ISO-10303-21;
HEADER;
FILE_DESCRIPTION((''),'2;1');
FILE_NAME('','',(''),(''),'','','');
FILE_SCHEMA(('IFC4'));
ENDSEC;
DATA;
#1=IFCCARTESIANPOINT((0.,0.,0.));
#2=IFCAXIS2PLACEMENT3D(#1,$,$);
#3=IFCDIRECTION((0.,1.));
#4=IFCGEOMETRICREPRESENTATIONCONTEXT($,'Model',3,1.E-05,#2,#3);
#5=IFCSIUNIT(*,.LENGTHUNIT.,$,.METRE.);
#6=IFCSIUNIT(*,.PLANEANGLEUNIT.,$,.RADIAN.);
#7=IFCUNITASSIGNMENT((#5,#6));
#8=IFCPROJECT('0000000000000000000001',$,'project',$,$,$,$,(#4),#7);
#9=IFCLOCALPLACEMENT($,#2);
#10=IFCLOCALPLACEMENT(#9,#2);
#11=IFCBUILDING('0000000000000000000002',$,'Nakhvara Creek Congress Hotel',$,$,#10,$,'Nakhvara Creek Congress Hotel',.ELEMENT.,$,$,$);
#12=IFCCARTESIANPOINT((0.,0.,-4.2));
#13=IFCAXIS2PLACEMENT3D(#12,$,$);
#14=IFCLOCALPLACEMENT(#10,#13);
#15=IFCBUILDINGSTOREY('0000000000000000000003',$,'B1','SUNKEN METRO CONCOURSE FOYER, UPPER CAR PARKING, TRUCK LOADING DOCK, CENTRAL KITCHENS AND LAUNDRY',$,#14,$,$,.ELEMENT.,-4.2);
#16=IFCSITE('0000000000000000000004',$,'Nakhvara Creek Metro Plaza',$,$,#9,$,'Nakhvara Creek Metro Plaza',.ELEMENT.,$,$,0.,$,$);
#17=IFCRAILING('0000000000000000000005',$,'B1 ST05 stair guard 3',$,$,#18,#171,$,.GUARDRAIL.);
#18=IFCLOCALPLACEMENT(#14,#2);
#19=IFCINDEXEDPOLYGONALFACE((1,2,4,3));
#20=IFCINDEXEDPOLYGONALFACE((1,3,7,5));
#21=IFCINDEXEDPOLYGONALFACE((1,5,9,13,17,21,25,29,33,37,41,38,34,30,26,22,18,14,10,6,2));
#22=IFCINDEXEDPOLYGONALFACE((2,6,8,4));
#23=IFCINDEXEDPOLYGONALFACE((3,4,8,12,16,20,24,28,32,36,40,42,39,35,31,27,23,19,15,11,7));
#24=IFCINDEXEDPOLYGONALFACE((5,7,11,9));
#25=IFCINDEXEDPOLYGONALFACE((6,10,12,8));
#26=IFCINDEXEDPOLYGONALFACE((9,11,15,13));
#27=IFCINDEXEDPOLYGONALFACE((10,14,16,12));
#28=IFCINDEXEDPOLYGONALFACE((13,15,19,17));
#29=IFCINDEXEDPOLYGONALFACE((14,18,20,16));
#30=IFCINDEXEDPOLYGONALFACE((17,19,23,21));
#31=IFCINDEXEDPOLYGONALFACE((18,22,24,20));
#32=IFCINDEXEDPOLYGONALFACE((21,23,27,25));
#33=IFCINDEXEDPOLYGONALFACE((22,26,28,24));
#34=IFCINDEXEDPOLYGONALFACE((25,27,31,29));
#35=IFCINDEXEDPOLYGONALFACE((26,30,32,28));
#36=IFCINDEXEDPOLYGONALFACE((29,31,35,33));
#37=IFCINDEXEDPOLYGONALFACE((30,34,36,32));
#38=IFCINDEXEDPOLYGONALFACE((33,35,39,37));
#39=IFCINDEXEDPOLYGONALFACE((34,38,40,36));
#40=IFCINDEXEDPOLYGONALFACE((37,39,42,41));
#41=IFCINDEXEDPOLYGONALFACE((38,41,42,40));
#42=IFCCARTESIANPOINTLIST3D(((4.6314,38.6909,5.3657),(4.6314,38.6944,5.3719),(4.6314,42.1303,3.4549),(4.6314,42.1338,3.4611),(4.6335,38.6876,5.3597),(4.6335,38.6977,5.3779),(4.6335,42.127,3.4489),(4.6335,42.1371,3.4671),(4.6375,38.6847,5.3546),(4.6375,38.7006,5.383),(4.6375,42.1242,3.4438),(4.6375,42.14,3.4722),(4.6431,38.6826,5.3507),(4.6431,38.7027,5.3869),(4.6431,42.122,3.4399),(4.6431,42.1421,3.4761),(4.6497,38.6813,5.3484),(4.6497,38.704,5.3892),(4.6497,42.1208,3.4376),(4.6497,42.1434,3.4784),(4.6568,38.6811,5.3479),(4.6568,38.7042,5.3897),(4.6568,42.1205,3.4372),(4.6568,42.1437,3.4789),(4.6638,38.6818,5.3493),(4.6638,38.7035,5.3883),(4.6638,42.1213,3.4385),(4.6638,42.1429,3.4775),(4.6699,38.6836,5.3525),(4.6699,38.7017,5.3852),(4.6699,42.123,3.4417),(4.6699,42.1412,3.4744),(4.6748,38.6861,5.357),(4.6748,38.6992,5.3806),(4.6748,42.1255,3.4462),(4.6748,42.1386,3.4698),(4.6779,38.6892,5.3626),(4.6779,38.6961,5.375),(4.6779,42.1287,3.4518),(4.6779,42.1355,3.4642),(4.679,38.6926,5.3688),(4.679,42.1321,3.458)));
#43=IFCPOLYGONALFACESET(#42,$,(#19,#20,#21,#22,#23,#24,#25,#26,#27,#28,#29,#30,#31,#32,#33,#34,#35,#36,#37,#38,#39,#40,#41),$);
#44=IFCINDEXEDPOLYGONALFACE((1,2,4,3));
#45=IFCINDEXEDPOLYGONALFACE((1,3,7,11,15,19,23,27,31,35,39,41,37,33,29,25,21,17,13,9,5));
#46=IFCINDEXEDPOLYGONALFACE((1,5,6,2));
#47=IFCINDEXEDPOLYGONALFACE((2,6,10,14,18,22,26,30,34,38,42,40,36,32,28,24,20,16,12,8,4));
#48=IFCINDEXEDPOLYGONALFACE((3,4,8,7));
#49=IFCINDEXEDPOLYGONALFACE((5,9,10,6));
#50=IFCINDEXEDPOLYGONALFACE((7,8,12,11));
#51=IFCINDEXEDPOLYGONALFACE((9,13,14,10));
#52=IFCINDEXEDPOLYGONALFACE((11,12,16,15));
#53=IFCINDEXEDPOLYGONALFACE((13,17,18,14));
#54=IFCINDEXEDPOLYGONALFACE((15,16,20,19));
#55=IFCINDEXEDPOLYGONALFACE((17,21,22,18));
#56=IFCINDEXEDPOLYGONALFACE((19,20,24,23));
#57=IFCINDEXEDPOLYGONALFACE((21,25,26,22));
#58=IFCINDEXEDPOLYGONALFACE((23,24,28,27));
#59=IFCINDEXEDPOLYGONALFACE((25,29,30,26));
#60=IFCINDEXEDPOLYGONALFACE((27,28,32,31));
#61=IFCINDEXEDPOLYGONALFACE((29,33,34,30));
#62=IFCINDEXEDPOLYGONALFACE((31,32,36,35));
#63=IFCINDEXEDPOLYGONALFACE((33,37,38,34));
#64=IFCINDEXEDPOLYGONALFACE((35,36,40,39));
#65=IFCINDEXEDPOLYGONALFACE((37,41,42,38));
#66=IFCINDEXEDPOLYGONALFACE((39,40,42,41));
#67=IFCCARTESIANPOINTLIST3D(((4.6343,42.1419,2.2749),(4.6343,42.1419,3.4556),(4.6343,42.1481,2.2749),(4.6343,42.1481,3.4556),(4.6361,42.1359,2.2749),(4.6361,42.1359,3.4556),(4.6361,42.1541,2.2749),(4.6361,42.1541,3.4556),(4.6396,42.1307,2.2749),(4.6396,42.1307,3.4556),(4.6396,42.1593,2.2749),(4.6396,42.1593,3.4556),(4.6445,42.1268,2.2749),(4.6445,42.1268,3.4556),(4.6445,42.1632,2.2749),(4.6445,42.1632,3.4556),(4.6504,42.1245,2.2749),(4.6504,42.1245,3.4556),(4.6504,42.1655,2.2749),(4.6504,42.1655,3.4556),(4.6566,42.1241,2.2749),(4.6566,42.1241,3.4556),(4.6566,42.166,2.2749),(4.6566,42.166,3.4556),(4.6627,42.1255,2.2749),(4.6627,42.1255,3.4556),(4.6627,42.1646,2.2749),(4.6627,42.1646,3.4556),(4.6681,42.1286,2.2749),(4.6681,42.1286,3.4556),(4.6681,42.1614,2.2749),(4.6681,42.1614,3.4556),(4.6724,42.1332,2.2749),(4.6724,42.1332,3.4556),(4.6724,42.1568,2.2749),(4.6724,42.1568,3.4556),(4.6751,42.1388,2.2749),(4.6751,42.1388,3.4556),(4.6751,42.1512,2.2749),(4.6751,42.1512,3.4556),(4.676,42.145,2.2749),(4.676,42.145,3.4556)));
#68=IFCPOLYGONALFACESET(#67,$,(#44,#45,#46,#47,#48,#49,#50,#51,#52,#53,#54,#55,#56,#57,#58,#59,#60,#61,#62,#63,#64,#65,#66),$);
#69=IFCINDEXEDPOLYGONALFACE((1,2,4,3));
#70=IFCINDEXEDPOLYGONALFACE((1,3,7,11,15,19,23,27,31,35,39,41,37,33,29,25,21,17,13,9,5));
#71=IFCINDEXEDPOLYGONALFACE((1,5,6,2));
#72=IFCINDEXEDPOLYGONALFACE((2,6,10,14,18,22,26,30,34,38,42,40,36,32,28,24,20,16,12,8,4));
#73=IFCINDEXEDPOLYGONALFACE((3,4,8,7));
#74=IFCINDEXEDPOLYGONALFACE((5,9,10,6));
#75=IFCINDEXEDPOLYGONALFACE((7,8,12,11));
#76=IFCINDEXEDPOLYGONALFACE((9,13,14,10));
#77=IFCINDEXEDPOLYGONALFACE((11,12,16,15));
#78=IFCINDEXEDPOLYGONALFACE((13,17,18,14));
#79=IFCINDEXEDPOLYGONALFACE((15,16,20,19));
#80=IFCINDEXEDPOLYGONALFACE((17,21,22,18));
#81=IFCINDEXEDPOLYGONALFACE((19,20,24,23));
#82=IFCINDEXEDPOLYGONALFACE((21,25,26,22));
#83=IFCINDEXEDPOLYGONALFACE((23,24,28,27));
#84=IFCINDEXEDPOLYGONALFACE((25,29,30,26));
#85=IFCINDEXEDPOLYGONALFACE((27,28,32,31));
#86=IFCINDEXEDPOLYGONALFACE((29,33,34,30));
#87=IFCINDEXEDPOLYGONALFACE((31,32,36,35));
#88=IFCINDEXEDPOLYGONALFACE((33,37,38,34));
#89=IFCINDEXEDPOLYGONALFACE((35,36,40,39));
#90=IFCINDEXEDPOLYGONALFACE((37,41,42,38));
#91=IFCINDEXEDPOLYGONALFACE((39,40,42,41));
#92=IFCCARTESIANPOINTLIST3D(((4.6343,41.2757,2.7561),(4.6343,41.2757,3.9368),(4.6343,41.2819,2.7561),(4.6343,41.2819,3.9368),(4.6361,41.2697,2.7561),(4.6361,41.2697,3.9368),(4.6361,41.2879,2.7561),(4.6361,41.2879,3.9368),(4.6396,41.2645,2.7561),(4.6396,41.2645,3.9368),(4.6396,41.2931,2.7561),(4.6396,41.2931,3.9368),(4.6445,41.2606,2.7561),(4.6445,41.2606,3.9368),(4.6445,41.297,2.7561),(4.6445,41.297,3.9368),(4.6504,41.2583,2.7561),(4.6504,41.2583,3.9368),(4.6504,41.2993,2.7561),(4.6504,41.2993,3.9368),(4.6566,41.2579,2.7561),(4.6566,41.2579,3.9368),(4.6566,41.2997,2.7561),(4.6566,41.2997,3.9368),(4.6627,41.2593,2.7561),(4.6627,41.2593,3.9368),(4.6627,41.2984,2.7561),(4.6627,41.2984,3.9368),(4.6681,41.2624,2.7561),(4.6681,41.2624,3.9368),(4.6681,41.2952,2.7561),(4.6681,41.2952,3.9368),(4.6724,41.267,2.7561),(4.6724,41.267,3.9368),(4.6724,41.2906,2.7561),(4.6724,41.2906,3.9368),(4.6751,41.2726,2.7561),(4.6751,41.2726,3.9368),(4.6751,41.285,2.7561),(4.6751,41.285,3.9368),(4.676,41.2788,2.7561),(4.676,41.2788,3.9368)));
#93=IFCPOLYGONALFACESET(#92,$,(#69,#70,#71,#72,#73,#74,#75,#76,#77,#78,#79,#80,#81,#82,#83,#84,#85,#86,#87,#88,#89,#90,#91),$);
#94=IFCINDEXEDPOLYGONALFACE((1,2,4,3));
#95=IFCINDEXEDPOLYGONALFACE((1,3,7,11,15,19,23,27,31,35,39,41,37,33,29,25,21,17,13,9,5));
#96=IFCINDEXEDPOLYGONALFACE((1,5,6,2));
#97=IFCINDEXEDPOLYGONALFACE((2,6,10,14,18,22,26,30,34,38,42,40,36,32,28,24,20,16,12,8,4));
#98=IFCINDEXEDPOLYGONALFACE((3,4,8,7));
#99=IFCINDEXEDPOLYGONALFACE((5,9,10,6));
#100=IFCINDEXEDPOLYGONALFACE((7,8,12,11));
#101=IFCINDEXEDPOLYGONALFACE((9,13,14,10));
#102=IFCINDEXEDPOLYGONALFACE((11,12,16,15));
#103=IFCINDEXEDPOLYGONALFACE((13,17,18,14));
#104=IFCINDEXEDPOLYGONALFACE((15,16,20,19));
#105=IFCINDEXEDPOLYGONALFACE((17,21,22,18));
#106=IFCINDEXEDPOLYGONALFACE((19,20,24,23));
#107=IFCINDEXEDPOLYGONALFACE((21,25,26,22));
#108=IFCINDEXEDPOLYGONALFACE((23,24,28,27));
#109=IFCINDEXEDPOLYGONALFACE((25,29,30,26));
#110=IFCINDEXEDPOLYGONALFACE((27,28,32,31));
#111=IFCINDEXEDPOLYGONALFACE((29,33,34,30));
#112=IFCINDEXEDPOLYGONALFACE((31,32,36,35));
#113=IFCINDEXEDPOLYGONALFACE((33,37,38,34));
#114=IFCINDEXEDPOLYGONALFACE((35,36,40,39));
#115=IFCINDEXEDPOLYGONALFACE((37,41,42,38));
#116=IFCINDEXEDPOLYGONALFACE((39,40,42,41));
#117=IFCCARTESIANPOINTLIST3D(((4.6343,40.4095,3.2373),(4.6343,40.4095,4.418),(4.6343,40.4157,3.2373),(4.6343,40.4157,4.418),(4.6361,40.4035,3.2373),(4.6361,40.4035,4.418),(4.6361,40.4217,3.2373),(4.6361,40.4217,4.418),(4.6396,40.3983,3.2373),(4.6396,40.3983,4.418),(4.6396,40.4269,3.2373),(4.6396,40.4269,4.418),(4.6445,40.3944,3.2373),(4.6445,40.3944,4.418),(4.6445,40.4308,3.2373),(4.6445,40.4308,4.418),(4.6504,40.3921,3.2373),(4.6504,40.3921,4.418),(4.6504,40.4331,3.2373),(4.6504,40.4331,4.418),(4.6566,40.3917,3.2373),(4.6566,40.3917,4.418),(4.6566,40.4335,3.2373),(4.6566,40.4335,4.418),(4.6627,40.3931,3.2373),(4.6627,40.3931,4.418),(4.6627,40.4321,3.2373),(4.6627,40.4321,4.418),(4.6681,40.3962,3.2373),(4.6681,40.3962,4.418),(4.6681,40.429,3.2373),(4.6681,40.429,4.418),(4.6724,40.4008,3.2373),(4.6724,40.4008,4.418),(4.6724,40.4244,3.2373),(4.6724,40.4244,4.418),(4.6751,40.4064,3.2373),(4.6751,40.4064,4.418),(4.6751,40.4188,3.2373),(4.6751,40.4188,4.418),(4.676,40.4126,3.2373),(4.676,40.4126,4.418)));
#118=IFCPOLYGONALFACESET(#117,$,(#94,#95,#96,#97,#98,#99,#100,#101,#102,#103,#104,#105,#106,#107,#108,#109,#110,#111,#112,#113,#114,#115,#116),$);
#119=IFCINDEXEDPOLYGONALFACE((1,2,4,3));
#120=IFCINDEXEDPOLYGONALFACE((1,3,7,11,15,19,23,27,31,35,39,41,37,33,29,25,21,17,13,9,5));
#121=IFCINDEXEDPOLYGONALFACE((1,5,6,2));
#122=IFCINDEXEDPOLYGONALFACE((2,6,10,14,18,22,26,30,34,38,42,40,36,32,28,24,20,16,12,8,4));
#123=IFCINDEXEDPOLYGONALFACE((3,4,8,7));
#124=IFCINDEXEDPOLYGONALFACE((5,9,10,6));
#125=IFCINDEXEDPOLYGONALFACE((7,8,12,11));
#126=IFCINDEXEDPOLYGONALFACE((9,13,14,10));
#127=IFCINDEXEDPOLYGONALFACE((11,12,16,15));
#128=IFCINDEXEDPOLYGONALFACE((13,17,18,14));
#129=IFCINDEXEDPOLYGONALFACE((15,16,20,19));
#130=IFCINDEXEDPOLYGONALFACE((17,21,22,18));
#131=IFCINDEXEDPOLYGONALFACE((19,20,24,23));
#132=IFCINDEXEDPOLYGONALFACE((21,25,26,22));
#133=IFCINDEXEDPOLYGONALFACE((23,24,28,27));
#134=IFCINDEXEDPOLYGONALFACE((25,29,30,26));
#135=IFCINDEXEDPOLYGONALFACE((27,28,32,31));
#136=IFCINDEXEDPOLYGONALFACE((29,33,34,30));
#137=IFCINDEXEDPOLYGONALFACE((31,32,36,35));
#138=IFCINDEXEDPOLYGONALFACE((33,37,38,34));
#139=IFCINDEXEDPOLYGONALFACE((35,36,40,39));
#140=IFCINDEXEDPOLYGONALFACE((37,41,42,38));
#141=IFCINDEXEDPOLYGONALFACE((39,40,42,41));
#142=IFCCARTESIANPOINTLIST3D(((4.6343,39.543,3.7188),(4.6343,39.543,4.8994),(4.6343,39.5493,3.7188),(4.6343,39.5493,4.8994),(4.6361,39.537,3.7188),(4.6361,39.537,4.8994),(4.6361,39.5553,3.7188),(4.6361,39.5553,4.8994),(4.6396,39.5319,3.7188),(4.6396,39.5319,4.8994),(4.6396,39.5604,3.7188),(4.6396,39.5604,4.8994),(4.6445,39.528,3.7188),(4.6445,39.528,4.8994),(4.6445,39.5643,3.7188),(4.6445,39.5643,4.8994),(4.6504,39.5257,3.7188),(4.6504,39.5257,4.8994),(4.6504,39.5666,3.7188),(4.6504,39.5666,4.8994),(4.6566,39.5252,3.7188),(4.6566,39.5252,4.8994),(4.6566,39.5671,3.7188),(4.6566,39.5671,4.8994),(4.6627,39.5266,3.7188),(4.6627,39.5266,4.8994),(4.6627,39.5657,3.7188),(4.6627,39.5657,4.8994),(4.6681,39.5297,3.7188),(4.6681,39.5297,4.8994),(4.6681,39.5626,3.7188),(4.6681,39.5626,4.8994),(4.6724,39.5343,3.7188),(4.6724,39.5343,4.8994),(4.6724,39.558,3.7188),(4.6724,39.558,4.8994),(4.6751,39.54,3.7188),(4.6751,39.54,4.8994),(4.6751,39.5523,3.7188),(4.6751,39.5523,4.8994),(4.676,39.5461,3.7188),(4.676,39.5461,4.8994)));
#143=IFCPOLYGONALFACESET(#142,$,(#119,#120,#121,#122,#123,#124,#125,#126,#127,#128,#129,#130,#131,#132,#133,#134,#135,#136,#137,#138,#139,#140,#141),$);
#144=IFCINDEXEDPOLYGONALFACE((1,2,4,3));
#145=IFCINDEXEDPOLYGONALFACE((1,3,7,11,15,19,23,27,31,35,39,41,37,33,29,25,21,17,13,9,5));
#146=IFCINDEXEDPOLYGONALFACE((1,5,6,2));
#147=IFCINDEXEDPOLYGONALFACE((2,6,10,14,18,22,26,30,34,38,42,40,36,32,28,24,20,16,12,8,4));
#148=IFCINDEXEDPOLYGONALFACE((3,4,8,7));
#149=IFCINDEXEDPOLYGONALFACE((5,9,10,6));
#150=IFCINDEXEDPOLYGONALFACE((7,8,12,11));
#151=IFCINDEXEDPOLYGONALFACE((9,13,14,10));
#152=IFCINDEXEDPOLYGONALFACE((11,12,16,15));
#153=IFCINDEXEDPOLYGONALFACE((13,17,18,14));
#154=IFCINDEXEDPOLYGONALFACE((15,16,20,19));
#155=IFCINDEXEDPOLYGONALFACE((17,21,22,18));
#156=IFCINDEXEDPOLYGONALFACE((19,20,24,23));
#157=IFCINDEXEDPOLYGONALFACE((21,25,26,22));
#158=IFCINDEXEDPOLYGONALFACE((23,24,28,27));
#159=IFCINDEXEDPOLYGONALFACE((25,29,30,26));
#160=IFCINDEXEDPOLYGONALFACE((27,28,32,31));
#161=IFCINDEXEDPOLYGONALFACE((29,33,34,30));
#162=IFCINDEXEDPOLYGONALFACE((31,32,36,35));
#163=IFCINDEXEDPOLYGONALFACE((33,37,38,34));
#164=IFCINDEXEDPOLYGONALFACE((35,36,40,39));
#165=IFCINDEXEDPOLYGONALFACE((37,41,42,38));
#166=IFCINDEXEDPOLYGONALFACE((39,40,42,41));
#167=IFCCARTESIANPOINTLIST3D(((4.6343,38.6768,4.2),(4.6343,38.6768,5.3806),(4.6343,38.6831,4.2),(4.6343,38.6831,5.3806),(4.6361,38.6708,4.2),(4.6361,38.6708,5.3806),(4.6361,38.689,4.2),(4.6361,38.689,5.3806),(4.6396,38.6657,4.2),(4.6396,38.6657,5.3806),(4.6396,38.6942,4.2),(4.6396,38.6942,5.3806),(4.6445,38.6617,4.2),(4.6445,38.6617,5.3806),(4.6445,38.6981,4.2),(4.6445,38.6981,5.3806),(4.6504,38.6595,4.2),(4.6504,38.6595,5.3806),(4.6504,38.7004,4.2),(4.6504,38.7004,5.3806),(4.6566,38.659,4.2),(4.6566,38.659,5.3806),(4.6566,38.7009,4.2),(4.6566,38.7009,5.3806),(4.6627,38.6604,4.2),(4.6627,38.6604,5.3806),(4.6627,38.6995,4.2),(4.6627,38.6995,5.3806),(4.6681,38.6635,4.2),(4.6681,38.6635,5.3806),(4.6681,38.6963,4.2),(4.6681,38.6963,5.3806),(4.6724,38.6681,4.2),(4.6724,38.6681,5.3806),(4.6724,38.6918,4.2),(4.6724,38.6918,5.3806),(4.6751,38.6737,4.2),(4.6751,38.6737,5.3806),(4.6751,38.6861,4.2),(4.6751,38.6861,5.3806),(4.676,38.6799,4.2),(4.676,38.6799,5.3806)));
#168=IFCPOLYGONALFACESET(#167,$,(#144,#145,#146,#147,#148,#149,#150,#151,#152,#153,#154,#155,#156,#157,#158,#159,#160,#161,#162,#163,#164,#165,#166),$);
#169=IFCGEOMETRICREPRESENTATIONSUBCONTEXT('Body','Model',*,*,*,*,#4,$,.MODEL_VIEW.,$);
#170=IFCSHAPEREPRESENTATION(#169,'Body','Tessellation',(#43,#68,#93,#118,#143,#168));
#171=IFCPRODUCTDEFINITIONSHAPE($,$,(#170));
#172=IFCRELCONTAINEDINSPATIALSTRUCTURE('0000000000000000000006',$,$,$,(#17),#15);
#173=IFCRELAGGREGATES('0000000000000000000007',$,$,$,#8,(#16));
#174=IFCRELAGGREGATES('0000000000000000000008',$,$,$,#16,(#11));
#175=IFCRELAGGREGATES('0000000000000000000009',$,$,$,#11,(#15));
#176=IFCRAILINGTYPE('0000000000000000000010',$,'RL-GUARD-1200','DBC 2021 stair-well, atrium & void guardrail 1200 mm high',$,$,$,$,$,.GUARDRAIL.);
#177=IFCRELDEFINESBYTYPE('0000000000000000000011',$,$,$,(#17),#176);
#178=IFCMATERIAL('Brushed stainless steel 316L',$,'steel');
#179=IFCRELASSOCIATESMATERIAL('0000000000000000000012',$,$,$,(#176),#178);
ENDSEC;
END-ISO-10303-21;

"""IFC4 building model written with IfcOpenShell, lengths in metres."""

from ifc_helpers import new_model, si_unit, direction, frame, origin, origin_2d, place, context, subcontext, project, spatial, circle, extrude, material, type_object, element, save


model = new_model("IFC4")

# Units and contexts
model_context = context("Model", 3, precision=1e-05, world=origin(), true_north=direction((0.0, 1.0)))
body_context = subcontext(model_context, "Body", "Model", "MODEL_VIEW")
ifc_project = project(units=[si_unit("LENGTHUNIT", "METRE"), si_unit("PLANEANGLEUNIT", "RADIAN")], contexts=[model_context])

# Site, building, storey
site_placement = place(None, origin())
site = spatial("IfcSite", under=ifc_project, at=site_placement, Name="Nakhvara Creek Metro Plaza", LongName="Nakhvara Creek Metro Plaza", CompositionType="ELEMENT", RefElevation=0.0)
building_placement = place(site_placement, origin())
building = spatial("IfcBuilding", under=site, at=building_placement, Name="Nakhvara Creek Congress Hotel", LongName="Nakhvara Creek Congress Hotel", CompositionType="ELEMENT")
storey_placement = place(building_placement, frame((0.0, 0.0, -4.2)))
storey = spatial("IfcBuildingStorey", under=building, at=storey_placement, Name="B1", Description="SUNKEN METRO CONCOURSE FOYER, UPPER CAR PARKING, TRUCK LOADING DOCK, CENTRAL KITCHENS AND LAUNDRY", CompositionType="ELEMENT", Elevation=-4.2)

# Railing
ifc_material_1 = material(Name="Brushed stainless steel 316L", Category="steel")
railing_type_1 = type_object("IfcRailingType", Name="RL-GUARD-1200", Description="DBC 2021 stair-well, atrium & void guardrail 1200 mm high", PredefinedType="GUARDRAIL", material=ifc_material_1)
railing_1_placement = place(storey_placement, frame((4.655, 42.145, 2.2749)))
element("IfcRailing", 1, at=railing_1_placement, inside=storey, type_object=railing_type_1, Name="B1 ST05 stair guard 3", PredefinedType="GUARDRAIL", context=body_context, shape_type="SweptSolid", body=[
    extrude(circle(Radius=0.0239, at=origin_2d()), frame((0.0, -0.0129, 1.1831), z_axis=(0.0, -0.874157, 0.485643), x_axis=(1.0, 0.0, 0.0)), (0.0, 0.0, 1.0), 3.9346),
    extrude(circle(Radius=0.021, at=origin_2d()), origin(), (0.0, 0.0, 1.0), 1.1807),
    extrude(circle(Radius=0.021, at=origin_2d()), frame((0.0, -0.8662, 0.4812)), (0.0, 0.0, 1.0), 1.1807),
    extrude(circle(Radius=0.021, at=origin_2d()), frame((0.0, -1.7324, 0.9624)), (0.0, 0.0, 1.0), 1.1807),
    extrude(circle(Radius=0.021, at=origin_2d()), frame((0.0, -2.5989, 1.4438)), (0.0, 0.0, 1.0), 1.1807),
    extrude(circle(Radius=0.021, at=origin_2d()), frame((0.0, -3.4651, 1.925)), (0.0, 0.0, 1.0), 1.1807),
])

save(model, "model.ifc")
